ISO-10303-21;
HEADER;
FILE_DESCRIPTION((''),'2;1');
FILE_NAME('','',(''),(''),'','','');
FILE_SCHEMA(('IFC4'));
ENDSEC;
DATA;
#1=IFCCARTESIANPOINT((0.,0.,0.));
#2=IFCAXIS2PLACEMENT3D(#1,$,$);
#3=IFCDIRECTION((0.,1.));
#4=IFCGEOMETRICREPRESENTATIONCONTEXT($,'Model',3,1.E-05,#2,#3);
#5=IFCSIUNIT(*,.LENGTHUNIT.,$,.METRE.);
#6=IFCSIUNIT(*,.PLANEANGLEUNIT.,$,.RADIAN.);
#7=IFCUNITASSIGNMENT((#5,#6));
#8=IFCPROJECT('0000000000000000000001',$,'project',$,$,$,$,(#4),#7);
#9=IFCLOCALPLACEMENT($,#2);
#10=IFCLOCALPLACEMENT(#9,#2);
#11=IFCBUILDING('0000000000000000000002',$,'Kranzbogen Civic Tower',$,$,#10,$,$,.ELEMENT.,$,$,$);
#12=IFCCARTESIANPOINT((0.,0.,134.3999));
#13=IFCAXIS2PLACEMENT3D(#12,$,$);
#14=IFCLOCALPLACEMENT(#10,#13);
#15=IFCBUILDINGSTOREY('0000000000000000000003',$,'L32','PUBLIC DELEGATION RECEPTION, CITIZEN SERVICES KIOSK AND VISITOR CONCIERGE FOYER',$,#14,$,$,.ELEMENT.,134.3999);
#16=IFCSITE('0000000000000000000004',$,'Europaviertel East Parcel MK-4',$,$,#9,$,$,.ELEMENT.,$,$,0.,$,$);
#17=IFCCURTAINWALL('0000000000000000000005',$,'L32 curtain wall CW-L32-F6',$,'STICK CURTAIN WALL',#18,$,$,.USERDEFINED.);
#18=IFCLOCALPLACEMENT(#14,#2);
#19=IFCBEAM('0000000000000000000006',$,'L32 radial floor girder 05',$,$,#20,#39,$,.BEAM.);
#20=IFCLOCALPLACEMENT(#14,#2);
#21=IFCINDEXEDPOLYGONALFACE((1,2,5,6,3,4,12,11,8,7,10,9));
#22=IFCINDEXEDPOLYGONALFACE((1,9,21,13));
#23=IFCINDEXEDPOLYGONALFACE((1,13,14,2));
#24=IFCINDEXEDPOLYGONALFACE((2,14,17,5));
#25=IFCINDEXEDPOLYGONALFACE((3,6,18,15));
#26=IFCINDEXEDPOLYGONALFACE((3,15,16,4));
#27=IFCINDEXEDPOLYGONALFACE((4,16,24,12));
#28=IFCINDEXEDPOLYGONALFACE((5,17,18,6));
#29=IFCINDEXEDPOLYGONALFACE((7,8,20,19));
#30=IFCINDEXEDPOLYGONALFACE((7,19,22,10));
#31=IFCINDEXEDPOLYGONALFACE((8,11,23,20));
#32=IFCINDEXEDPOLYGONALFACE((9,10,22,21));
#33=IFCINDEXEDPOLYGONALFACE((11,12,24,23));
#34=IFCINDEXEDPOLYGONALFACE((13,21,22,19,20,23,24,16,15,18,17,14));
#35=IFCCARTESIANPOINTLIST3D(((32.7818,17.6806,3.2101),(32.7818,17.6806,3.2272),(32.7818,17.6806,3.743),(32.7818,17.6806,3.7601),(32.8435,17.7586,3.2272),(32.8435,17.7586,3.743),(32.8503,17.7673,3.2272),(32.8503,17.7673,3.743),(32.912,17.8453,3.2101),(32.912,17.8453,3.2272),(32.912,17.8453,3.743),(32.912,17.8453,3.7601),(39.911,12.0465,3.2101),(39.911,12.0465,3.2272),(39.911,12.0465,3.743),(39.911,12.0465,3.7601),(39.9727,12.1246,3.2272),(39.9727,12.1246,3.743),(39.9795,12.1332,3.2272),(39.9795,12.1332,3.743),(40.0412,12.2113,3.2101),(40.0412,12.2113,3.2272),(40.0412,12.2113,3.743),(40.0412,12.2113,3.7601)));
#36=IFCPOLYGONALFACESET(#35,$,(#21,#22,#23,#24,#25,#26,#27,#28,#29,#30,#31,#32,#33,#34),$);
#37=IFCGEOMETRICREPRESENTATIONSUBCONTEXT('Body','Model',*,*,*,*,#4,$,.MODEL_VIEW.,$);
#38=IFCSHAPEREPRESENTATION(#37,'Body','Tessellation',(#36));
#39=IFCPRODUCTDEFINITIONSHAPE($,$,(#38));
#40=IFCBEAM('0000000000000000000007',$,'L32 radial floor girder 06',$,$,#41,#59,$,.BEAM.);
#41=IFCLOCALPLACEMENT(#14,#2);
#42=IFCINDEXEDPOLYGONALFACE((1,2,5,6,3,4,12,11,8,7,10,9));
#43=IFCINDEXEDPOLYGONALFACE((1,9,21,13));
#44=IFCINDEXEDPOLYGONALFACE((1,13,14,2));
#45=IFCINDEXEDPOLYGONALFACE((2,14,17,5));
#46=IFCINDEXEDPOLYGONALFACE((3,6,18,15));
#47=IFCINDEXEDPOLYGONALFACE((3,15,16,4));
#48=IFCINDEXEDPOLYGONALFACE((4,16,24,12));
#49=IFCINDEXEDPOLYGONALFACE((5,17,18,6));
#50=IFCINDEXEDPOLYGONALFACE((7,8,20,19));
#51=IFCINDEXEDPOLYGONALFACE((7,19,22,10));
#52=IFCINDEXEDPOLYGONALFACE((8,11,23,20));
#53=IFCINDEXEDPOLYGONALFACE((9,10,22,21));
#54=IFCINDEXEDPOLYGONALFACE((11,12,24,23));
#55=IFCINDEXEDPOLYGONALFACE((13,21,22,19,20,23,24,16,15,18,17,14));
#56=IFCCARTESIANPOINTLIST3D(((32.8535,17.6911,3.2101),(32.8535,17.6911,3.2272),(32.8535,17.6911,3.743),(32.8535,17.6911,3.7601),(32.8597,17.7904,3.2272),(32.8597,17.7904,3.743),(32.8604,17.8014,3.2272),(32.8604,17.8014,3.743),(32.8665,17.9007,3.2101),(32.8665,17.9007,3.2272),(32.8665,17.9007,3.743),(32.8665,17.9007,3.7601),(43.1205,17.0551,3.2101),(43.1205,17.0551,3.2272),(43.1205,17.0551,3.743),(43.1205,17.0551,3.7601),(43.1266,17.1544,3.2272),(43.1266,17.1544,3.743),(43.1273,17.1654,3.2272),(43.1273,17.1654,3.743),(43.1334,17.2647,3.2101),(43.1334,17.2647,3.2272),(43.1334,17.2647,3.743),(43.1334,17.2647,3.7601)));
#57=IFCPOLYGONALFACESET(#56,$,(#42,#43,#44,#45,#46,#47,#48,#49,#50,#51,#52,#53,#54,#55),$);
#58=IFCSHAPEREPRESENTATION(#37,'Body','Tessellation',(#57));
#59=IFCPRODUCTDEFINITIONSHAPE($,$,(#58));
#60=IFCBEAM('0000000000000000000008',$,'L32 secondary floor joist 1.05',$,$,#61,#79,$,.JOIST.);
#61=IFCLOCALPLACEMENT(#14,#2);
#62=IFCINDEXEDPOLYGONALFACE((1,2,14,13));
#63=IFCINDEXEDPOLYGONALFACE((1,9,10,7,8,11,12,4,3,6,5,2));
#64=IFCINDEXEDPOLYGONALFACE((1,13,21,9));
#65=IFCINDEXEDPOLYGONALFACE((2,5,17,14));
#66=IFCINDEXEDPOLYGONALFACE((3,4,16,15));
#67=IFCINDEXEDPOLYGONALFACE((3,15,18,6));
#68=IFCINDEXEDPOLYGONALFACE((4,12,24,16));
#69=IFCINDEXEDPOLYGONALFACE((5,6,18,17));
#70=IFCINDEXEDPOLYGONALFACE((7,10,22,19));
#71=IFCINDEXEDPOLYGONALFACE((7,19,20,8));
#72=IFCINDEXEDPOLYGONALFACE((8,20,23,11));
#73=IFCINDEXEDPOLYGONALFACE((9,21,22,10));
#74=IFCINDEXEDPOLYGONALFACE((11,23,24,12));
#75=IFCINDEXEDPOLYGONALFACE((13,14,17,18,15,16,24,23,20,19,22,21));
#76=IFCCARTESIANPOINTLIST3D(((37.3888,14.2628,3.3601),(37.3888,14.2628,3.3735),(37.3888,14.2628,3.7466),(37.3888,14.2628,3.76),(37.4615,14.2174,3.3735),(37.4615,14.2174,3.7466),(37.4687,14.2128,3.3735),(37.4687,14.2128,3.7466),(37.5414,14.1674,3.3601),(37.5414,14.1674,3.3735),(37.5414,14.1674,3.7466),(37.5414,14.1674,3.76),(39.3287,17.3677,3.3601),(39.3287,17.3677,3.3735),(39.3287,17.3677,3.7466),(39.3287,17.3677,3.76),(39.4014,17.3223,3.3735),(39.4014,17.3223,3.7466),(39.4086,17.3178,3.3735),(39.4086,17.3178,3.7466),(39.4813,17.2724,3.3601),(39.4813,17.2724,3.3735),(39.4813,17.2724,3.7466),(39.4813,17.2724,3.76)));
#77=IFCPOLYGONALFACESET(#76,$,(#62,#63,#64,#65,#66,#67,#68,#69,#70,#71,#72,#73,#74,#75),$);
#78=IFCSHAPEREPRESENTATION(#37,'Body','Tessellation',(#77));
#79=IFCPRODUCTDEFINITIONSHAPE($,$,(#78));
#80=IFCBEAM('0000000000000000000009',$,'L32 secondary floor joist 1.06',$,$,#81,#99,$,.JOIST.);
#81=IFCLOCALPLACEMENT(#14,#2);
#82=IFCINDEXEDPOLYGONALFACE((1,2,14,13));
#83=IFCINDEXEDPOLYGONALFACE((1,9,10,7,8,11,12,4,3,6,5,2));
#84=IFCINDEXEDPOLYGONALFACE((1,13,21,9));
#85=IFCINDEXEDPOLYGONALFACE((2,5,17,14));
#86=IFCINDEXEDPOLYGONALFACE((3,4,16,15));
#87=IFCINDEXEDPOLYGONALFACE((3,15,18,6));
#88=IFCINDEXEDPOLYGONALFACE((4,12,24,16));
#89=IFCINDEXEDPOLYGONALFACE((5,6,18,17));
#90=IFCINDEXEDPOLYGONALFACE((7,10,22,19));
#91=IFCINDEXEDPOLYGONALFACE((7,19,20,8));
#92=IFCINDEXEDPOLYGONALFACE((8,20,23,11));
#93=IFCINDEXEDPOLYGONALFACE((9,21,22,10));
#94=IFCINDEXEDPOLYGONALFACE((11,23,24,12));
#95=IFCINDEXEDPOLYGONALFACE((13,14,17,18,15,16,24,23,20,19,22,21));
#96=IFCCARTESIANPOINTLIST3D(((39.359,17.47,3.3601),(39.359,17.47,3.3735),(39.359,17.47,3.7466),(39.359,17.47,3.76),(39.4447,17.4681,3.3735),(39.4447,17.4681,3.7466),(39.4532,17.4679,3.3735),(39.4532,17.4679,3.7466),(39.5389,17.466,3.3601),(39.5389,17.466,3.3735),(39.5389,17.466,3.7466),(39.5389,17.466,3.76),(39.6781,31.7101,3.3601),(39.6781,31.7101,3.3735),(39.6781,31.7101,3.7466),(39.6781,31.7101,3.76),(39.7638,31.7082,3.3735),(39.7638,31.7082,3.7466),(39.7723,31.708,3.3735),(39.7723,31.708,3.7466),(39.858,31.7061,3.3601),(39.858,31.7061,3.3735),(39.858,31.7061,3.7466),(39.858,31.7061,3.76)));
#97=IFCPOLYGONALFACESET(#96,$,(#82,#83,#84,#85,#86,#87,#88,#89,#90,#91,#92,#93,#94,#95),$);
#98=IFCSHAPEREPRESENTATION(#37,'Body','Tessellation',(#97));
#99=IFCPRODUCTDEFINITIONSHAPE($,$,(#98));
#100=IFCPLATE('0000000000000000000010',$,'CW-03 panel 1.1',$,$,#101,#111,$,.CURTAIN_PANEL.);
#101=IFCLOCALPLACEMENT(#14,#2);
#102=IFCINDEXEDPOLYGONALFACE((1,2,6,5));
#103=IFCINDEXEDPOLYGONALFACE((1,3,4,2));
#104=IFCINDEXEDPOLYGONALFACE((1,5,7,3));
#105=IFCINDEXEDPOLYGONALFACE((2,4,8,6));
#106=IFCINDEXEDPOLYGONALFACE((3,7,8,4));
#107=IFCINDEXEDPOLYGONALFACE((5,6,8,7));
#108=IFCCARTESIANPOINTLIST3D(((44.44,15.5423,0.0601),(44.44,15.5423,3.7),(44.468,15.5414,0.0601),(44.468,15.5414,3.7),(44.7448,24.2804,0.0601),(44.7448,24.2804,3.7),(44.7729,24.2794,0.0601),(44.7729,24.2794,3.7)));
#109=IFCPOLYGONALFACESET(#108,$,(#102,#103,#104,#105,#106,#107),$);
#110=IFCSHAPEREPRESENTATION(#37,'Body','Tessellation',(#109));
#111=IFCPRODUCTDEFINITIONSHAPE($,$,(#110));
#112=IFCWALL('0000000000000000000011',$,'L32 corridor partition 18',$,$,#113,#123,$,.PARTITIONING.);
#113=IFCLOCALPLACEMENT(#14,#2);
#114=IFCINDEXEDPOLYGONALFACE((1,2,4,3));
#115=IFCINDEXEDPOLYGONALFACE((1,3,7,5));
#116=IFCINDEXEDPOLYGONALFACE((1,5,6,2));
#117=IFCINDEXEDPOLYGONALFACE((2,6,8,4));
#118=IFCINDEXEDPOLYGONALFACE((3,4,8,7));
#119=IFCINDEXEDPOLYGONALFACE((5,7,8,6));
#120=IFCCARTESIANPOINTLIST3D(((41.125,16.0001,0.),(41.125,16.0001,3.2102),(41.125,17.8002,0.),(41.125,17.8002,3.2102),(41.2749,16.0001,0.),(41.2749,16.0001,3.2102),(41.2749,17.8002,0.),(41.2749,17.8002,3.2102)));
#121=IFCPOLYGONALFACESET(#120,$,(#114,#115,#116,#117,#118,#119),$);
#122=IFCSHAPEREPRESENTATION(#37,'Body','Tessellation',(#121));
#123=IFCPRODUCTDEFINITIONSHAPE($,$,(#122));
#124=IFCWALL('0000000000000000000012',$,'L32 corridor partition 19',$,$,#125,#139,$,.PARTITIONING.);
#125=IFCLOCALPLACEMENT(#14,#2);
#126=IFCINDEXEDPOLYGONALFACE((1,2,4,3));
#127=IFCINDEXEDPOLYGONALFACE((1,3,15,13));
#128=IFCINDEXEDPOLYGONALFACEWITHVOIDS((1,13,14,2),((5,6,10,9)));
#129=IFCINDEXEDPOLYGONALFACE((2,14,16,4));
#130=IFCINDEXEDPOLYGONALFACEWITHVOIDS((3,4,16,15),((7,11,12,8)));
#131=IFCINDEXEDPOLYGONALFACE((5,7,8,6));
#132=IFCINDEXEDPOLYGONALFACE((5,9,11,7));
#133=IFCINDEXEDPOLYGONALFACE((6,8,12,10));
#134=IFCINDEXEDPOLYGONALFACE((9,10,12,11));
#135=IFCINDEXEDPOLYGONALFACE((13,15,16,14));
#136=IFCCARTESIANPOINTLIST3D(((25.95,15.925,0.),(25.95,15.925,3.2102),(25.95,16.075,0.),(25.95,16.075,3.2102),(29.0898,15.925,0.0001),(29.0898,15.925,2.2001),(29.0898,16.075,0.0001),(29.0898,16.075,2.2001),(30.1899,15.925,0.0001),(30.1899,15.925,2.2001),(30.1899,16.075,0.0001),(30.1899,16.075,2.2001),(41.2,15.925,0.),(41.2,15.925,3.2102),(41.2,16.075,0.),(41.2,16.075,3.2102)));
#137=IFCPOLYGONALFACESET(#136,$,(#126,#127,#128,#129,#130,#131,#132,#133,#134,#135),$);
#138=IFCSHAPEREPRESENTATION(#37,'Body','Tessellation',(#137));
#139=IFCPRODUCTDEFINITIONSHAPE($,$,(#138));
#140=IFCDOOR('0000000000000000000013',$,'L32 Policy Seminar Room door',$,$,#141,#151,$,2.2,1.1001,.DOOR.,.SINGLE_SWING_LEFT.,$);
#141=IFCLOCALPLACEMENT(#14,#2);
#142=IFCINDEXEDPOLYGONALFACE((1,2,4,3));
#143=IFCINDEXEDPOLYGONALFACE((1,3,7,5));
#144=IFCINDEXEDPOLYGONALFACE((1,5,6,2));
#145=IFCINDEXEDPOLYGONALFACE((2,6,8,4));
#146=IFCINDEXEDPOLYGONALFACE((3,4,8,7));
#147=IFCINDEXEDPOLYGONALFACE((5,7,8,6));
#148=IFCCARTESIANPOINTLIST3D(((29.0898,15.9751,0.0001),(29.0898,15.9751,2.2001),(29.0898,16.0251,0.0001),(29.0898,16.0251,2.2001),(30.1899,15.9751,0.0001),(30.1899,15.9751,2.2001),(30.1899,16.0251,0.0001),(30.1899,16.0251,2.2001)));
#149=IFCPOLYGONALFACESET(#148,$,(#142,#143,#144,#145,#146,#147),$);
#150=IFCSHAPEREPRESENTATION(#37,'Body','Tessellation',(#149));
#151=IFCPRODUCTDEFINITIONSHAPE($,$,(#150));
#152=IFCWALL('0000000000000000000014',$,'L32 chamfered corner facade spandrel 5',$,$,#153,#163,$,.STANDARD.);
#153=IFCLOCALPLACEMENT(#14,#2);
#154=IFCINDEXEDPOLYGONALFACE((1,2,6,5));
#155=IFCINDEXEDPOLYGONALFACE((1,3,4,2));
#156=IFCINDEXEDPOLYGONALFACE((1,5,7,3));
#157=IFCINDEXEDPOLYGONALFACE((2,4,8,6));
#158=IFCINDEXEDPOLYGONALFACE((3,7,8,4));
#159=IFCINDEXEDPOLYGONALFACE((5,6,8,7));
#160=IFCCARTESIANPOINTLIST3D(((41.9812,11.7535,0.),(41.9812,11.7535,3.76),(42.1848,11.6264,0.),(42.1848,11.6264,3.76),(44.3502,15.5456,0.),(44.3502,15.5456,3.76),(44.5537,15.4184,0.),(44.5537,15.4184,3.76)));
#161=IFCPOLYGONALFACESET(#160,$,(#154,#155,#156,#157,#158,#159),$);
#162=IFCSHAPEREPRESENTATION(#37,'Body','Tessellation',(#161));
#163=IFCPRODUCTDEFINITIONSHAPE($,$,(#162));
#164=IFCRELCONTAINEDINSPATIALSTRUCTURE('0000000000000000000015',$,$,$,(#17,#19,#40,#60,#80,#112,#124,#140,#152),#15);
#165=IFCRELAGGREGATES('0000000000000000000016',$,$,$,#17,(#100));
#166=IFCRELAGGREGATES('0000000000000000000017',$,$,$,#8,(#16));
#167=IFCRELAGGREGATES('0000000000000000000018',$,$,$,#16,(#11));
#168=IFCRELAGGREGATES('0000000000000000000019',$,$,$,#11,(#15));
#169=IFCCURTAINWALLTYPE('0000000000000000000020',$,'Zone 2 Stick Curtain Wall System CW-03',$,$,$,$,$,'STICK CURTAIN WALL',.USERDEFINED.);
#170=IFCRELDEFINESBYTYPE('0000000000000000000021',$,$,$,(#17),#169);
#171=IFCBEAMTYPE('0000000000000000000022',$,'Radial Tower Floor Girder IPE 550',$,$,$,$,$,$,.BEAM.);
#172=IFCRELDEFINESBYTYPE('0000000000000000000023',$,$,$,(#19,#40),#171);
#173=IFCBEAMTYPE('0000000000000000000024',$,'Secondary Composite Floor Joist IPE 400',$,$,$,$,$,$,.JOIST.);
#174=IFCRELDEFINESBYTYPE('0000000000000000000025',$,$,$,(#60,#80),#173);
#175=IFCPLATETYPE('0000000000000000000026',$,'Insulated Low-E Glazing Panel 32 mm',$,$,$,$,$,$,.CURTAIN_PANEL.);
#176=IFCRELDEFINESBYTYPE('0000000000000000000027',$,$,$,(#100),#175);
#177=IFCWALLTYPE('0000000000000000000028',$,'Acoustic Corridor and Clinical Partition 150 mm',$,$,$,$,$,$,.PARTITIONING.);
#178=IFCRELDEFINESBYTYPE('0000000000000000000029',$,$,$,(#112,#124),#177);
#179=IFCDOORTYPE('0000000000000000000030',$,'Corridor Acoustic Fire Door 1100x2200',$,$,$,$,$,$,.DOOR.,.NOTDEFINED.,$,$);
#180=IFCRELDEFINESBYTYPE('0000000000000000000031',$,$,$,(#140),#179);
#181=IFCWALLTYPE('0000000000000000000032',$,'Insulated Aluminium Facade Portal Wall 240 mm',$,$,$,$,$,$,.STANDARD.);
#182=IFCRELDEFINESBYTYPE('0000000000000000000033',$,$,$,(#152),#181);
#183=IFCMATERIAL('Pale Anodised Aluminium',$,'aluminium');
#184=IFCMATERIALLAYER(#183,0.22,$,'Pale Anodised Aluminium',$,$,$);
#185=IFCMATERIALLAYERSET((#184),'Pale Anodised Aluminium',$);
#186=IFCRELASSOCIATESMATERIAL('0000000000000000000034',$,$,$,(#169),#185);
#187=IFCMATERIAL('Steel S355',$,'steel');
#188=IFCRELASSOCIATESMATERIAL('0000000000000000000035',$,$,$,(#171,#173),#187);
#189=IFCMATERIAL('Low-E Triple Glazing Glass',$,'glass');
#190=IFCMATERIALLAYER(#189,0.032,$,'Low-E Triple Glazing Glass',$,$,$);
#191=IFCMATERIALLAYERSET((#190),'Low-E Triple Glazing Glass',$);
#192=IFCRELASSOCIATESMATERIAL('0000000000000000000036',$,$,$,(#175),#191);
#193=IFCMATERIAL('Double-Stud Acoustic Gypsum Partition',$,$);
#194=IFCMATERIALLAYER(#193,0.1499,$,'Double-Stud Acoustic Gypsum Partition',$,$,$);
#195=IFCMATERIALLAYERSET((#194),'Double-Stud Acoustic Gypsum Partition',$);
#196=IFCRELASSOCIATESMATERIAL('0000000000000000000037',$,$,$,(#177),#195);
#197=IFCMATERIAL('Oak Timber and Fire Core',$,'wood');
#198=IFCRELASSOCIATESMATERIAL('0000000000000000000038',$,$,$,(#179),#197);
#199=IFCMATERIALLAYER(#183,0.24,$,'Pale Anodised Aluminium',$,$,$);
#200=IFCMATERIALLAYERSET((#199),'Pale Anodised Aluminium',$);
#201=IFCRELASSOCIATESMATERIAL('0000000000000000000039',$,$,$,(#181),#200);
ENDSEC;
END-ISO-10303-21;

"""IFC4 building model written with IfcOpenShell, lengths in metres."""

from ifc_helpers import new_model, si_unit, direction, frame, frame_2d, origin, origin_2d, place, context, subcontext, project, spatial, rectangle, i_section, extrude, material, layer, layer_set, material_profile, profile_set, type_object, element, fill, aggregate, save


model = new_model("IFC4")

# Units and contexts
model_context = context("Model", 3, precision=1e-05, world=origin(), true_north=direction((0.0, 1.0)))
body_context = subcontext(model_context, "Body", "Model", "MODEL_VIEW")
ifc_project = project(units=[si_unit("LENGTHUNIT", "METRE"), si_unit("PLANEANGLEUNIT", "RADIAN")], contexts=[model_context])

# Site, building, storey
site_placement = place(None, origin())
site = spatial("IfcSite", under=ifc_project, at=site_placement, Name="Europaviertel East Parcel MK-4", CompositionType="ELEMENT", RefElevation=0.0)
building_placement = place(site_placement, origin())
building = spatial("IfcBuilding", under=site, at=building_placement, Name="Kranzbogen Civic Tower", CompositionType="ELEMENT")
storey_placement = place(building_placement, frame((0.0, 0.0, 134.3999)))
storey = spatial("IfcBuildingStorey", under=building, at=storey_placement, Name="L32", Description="PUBLIC DELEGATION RECEPTION, CITIZEN SERVICES KIOSK AND VISITOR CONCIERGE FOYER", CompositionType="ELEMENT", Elevation=134.3999)

# Curtain wall
ifc_material_1 = material(Name="Pale Anodised Aluminium", Category="aluminium")
ifc_layer_1 = layer(ifc_material_1, 0.22, Name="Pale Anodised Aluminium")
ifc_layer_set_1 = layer_set([ifc_layer_1], Name="Pale Anodised Aluminium")
curtain_wall_type = type_object("IfcCurtainWallType", Name="Zone 2 Stick Curtain Wall System CW-03", ElementType="STICK CURTAIN WALL", PredefinedType="USERDEFINED", material=ifc_layer_set_1)
curtain_wall_placement = place(storey_placement, origin())
curtain_wall = element("IfcCurtainWall", 1, at=curtain_wall_placement, inside=storey, type_object=curtain_wall_type, Name="L32 curtain wall CW-L32-F6", ObjectType="STICK CURTAIN WALL", PredefinedType="USERDEFINED")

# Beams
ifc_material_2 = material(Name="Steel S355", Category="steel")
ifc_material_profile_1 = material_profile(ifc_material_2, i_section(OverallWidth=0.21, OverallDepth=0.55, WebThickness=0.011, FlangeThickness=0.0171, at=origin_2d()), Name="IPE 550")
ifc_profile_set_1 = profile_set([ifc_material_profile_1], Name="Steel S355")
beam_type_1 = type_object("IfcBeamType", Name="Radial Tower Floor Girder IPE 550", PredefinedType="BEAM", material=ifc_profile_set_1)
beam_1_placement = place(storey_placement, frame((39.9761, 12.1289, 3.4851), z_axis=(-0.784575, 0.620034, 0.0), x_axis=(-0.620034, -0.784575, 0.0)))
element("IfcBeam", 2, at=beam_1_placement, inside=storey, type_object=beam_type_1, Name="L32 radial floor girder 05", PredefinedType="BEAM", context=body_context, shape_type="SweptSolid", body=[
    extrude(i_section(OverallWidth=0.21, OverallDepth=0.55, WebThickness=0.011, FlangeThickness=0.0171, at=origin_2d()), origin(), (0.0, 0.0, 1.0), 9.0867),
])
beam_2_placement = place(storey_placement, frame((43.127, 17.1599, 3.4851), z_axis=(-0.998087, 0.061827, 0.0), x_axis=(-0.061827, -0.998087, 0.0)))
element("IfcBeam", 3, at=beam_2_placement, inside=storey, type_object=beam_type_1, Name="L32 radial floor girder 06", PredefinedType="BEAM", context=body_context, shape_type="SweptSolid", body=[
    extrude(i_section(OverallWidth=0.21, OverallDepth=0.55, WebThickness=0.011, FlangeThickness=0.0171, at=origin_2d()), origin(), (0.0, 0.0, 1.0), 10.2866),
])
ifc_material_profile_2 = material_profile(ifc_material_2, i_section(OverallWidth=0.1799, OverallDepth=0.3999, WebThickness=0.0085, FlangeThickness=0.0134, at=origin_2d()), Name="IPE 400")
ifc_profile_set_2 = profile_set([ifc_material_profile_2], Name="Steel S355")
beam_type_2 = type_object("IfcBeamType", Name="Secondary Composite Floor Joist IPE 400", PredefinedType="JOIST", material=ifc_profile_set_2)
beam_3_placement = place(storey_placement, frame((37.4651, 14.2151, 3.5601), z_axis=(0.529867, 0.848081, 0.0), x_axis=(-0.848081, 0.529867, 0.0)))
element("IfcBeam", 4, at=beam_3_placement, inside=storey, type_object=beam_type_2, Name="L32 secondary floor joist 1.05", PredefinedType="JOIST", context=body_context, shape_type="SweptSolid", body=[
    extrude(i_section(OverallWidth=0.1799, OverallDepth=0.3999, WebThickness=0.0085, FlangeThickness=0.0134, at=origin_2d()), origin(), (0.0, 0.0, 1.0), 3.6611),
])
beam_4_placement = place(storey_placement, frame((39.449, 17.468, 3.5601), z_axis=(0.022403, 0.999749, 0.0), x_axis=(-0.999749, 0.022403, 0.0)))
element("IfcBeam", 5, at=beam_4_placement, inside=storey, type_object=beam_type_2, Name="L32 secondary floor joist 1.06", PredefinedType="JOIST", context=body_context, shape_type="SweptSolid", body=[
    extrude(i_section(OverallWidth=0.1799, OverallDepth=0.3999, WebThickness=0.0085, FlangeThickness=0.0134, at=origin_2d()), origin(), (0.0, 0.0, 1.0), 14.2437),
])

# Plate
ifc_material_3 = material(Name="Low-E Triple Glazing Glass", Category="glass")
ifc_layer_2 = layer(ifc_material_3, 0.032, Name="Low-E Triple Glazing Glass")
ifc_layer_set_2 = layer_set([ifc_layer_2], Name="Low-E Triple Glazing Glass")
plate_type = type_object("IfcPlateType", Name="Insulated Low-E Glazing Panel 32 mm", PredefinedType="CURTAIN_PANEL", material=ifc_layer_set_2)
plate_placement = place(storey_placement, frame((44.6064, 19.9109, 0.0601), z_axis=(0.0, 0.0, 1.0), x_axis=(0.034868, 0.999392, 0.0)))
plate = element("IfcPlate", 6, at=plate_placement, type_object=plate_type, Name="CW-03 panel 1.1", PredefinedType="CURTAIN_PANEL", context=body_context, shape_type="SweptSolid", body=[
    extrude(rectangle(XDim=8.7434, YDim=0.0281, at=origin_2d()), origin(), (0.0, 0.0, 1.0), 3.6399),
])
aggregate(curtain_wall, [plate])

# Wall
ifc_material_4 = material(Name="Double-Stud Acoustic Gypsum Partition")
ifc_layer_3 = layer(ifc_material_4, 0.1499, Name="Double-Stud Acoustic Gypsum Partition")
ifc_layer_set_3 = layer_set([ifc_layer_3], Name="Double-Stud Acoustic Gypsum Partition")
wall_type_1 = type_object("IfcWallType", Name="Acoustic Corridor and Clinical Partition 150 mm", PredefinedType="PARTITIONING", material=ifc_layer_set_3)
wall_1_placement = place(storey_placement, frame((41.2, 17.8, 0.0), z_axis=(0.0, 0.0, 1.0), x_axis=(0.0, -1.0, 0.0)))
element("IfcWall", 7, at=wall_1_placement, inside=storey, type_object=wall_type_1, Name="L32 corridor partition 18", PredefinedType="PARTITIONING", context=body_context, shape_type="SweptSolid", body=[
    extrude(rectangle(XDim=1.8, YDim=0.1499, at=frame_2d((0.8999, 0.0))), origin(), (0.0, 0.0, 1.0), 3.2102),
])

# Wall, opening, door
wall_2_placement = place(storey_placement, frame((41.2, 16.0, 0.0), z_axis=(0.0, 0.0, 1.0), x_axis=(-1.0, 0.0, 0.0)))
wall_2 = element("IfcWall", 8, at=wall_2_placement, inside=storey, type_object=wall_type_1, Name="L32 corridor partition 19", PredefinedType="PARTITIONING", context=body_context, shape_type="SweptSolid", body=[
    extrude(rectangle(XDim=15.25, YDim=0.1499, at=frame_2d((7.625, 0.0))), origin(), (0.0, 0.0, 1.0), 3.2102),
])
opening_placement = place(wall_2_placement, frame((11.01, 0.0, 0.0)))
opening = element("IfcOpeningElement", 9, at=opening_placement, cuts=wall_2, PredefinedType="OPENING", context=body_context, shape_type="SweptSolid", body=[
    extrude(rectangle(XDim=1.1001, YDim=2.2, at=frame_2d((0.55, 1.1001))), frame((0.0, 0.085, 0.0), z_axis=(0.0, -1.0, 0.0), x_axis=(1.0, 0.0, 0.0)), (0.0, 0.0, 1.0), 0.1699),
])
ifc_material_5 = material(Name="Oak Timber and Fire Core", Category="wood")
door_type = type_object("IfcDoorType", Name="Corridor Acoustic Fire Door 1100x2200", OperationType="NOTDEFINED", PredefinedType="DOOR", material=ifc_material_5)
door_placement = place(opening_placement, origin())
door = element("IfcDoor", 10, at=door_placement, inside=storey, type_object=door_type, Name="L32 Policy Seminar Room door", OperationType="SINGLE_SWING_LEFT", OverallHeight=2.2, OverallWidth=1.1001, PredefinedType="DOOR", context=body_context, shape_type="SweptSolid", body=[
    extrude(rectangle(XDim=1.1001, YDim=2.2, at=frame_2d((0.55, 1.1001))), frame((0.0, 0.0249, 0.0), z_axis=(0.0, -1.0, 0.0), x_axis=(1.0, 0.0, 0.0)), (0.0, 0.0, 1.0), 0.05),
])
fill(opening, door)

# Wall
ifc_layer_4 = layer(ifc_material_1, 0.24, Name="Pale Anodised Aluminium")
ifc_layer_set_4 = layer_set([ifc_layer_4], Name="Pale Anodised Aluminium")
wall_type_2 = type_object("IfcWallType", Name="Insulated Aluminium Facade Portal Wall 240 mm", PredefinedType="STANDARD", material=ifc_layer_set_4)
wall_3_placement = place(storey_placement, frame((42.083, 11.6899, 0.0), z_axis=(0.0, 0.0, 1.0), x_axis=(0.529822, 0.848109, 0.0)))
element("IfcWall", 11, at=wall_3_placement, inside=storey, type_object=wall_type_2, Name="L32 chamfered corner facade spandrel 5", PredefinedType="STANDARD", context=body_context, shape_type="SweptSolid", body=[
    extrude(rectangle(XDim=4.4712, YDim=0.24, at=frame_2d((2.2356, 0.0))), origin(), (0.0, 0.0, 1.0), 3.76),
])

save(model, "model.ifc")
